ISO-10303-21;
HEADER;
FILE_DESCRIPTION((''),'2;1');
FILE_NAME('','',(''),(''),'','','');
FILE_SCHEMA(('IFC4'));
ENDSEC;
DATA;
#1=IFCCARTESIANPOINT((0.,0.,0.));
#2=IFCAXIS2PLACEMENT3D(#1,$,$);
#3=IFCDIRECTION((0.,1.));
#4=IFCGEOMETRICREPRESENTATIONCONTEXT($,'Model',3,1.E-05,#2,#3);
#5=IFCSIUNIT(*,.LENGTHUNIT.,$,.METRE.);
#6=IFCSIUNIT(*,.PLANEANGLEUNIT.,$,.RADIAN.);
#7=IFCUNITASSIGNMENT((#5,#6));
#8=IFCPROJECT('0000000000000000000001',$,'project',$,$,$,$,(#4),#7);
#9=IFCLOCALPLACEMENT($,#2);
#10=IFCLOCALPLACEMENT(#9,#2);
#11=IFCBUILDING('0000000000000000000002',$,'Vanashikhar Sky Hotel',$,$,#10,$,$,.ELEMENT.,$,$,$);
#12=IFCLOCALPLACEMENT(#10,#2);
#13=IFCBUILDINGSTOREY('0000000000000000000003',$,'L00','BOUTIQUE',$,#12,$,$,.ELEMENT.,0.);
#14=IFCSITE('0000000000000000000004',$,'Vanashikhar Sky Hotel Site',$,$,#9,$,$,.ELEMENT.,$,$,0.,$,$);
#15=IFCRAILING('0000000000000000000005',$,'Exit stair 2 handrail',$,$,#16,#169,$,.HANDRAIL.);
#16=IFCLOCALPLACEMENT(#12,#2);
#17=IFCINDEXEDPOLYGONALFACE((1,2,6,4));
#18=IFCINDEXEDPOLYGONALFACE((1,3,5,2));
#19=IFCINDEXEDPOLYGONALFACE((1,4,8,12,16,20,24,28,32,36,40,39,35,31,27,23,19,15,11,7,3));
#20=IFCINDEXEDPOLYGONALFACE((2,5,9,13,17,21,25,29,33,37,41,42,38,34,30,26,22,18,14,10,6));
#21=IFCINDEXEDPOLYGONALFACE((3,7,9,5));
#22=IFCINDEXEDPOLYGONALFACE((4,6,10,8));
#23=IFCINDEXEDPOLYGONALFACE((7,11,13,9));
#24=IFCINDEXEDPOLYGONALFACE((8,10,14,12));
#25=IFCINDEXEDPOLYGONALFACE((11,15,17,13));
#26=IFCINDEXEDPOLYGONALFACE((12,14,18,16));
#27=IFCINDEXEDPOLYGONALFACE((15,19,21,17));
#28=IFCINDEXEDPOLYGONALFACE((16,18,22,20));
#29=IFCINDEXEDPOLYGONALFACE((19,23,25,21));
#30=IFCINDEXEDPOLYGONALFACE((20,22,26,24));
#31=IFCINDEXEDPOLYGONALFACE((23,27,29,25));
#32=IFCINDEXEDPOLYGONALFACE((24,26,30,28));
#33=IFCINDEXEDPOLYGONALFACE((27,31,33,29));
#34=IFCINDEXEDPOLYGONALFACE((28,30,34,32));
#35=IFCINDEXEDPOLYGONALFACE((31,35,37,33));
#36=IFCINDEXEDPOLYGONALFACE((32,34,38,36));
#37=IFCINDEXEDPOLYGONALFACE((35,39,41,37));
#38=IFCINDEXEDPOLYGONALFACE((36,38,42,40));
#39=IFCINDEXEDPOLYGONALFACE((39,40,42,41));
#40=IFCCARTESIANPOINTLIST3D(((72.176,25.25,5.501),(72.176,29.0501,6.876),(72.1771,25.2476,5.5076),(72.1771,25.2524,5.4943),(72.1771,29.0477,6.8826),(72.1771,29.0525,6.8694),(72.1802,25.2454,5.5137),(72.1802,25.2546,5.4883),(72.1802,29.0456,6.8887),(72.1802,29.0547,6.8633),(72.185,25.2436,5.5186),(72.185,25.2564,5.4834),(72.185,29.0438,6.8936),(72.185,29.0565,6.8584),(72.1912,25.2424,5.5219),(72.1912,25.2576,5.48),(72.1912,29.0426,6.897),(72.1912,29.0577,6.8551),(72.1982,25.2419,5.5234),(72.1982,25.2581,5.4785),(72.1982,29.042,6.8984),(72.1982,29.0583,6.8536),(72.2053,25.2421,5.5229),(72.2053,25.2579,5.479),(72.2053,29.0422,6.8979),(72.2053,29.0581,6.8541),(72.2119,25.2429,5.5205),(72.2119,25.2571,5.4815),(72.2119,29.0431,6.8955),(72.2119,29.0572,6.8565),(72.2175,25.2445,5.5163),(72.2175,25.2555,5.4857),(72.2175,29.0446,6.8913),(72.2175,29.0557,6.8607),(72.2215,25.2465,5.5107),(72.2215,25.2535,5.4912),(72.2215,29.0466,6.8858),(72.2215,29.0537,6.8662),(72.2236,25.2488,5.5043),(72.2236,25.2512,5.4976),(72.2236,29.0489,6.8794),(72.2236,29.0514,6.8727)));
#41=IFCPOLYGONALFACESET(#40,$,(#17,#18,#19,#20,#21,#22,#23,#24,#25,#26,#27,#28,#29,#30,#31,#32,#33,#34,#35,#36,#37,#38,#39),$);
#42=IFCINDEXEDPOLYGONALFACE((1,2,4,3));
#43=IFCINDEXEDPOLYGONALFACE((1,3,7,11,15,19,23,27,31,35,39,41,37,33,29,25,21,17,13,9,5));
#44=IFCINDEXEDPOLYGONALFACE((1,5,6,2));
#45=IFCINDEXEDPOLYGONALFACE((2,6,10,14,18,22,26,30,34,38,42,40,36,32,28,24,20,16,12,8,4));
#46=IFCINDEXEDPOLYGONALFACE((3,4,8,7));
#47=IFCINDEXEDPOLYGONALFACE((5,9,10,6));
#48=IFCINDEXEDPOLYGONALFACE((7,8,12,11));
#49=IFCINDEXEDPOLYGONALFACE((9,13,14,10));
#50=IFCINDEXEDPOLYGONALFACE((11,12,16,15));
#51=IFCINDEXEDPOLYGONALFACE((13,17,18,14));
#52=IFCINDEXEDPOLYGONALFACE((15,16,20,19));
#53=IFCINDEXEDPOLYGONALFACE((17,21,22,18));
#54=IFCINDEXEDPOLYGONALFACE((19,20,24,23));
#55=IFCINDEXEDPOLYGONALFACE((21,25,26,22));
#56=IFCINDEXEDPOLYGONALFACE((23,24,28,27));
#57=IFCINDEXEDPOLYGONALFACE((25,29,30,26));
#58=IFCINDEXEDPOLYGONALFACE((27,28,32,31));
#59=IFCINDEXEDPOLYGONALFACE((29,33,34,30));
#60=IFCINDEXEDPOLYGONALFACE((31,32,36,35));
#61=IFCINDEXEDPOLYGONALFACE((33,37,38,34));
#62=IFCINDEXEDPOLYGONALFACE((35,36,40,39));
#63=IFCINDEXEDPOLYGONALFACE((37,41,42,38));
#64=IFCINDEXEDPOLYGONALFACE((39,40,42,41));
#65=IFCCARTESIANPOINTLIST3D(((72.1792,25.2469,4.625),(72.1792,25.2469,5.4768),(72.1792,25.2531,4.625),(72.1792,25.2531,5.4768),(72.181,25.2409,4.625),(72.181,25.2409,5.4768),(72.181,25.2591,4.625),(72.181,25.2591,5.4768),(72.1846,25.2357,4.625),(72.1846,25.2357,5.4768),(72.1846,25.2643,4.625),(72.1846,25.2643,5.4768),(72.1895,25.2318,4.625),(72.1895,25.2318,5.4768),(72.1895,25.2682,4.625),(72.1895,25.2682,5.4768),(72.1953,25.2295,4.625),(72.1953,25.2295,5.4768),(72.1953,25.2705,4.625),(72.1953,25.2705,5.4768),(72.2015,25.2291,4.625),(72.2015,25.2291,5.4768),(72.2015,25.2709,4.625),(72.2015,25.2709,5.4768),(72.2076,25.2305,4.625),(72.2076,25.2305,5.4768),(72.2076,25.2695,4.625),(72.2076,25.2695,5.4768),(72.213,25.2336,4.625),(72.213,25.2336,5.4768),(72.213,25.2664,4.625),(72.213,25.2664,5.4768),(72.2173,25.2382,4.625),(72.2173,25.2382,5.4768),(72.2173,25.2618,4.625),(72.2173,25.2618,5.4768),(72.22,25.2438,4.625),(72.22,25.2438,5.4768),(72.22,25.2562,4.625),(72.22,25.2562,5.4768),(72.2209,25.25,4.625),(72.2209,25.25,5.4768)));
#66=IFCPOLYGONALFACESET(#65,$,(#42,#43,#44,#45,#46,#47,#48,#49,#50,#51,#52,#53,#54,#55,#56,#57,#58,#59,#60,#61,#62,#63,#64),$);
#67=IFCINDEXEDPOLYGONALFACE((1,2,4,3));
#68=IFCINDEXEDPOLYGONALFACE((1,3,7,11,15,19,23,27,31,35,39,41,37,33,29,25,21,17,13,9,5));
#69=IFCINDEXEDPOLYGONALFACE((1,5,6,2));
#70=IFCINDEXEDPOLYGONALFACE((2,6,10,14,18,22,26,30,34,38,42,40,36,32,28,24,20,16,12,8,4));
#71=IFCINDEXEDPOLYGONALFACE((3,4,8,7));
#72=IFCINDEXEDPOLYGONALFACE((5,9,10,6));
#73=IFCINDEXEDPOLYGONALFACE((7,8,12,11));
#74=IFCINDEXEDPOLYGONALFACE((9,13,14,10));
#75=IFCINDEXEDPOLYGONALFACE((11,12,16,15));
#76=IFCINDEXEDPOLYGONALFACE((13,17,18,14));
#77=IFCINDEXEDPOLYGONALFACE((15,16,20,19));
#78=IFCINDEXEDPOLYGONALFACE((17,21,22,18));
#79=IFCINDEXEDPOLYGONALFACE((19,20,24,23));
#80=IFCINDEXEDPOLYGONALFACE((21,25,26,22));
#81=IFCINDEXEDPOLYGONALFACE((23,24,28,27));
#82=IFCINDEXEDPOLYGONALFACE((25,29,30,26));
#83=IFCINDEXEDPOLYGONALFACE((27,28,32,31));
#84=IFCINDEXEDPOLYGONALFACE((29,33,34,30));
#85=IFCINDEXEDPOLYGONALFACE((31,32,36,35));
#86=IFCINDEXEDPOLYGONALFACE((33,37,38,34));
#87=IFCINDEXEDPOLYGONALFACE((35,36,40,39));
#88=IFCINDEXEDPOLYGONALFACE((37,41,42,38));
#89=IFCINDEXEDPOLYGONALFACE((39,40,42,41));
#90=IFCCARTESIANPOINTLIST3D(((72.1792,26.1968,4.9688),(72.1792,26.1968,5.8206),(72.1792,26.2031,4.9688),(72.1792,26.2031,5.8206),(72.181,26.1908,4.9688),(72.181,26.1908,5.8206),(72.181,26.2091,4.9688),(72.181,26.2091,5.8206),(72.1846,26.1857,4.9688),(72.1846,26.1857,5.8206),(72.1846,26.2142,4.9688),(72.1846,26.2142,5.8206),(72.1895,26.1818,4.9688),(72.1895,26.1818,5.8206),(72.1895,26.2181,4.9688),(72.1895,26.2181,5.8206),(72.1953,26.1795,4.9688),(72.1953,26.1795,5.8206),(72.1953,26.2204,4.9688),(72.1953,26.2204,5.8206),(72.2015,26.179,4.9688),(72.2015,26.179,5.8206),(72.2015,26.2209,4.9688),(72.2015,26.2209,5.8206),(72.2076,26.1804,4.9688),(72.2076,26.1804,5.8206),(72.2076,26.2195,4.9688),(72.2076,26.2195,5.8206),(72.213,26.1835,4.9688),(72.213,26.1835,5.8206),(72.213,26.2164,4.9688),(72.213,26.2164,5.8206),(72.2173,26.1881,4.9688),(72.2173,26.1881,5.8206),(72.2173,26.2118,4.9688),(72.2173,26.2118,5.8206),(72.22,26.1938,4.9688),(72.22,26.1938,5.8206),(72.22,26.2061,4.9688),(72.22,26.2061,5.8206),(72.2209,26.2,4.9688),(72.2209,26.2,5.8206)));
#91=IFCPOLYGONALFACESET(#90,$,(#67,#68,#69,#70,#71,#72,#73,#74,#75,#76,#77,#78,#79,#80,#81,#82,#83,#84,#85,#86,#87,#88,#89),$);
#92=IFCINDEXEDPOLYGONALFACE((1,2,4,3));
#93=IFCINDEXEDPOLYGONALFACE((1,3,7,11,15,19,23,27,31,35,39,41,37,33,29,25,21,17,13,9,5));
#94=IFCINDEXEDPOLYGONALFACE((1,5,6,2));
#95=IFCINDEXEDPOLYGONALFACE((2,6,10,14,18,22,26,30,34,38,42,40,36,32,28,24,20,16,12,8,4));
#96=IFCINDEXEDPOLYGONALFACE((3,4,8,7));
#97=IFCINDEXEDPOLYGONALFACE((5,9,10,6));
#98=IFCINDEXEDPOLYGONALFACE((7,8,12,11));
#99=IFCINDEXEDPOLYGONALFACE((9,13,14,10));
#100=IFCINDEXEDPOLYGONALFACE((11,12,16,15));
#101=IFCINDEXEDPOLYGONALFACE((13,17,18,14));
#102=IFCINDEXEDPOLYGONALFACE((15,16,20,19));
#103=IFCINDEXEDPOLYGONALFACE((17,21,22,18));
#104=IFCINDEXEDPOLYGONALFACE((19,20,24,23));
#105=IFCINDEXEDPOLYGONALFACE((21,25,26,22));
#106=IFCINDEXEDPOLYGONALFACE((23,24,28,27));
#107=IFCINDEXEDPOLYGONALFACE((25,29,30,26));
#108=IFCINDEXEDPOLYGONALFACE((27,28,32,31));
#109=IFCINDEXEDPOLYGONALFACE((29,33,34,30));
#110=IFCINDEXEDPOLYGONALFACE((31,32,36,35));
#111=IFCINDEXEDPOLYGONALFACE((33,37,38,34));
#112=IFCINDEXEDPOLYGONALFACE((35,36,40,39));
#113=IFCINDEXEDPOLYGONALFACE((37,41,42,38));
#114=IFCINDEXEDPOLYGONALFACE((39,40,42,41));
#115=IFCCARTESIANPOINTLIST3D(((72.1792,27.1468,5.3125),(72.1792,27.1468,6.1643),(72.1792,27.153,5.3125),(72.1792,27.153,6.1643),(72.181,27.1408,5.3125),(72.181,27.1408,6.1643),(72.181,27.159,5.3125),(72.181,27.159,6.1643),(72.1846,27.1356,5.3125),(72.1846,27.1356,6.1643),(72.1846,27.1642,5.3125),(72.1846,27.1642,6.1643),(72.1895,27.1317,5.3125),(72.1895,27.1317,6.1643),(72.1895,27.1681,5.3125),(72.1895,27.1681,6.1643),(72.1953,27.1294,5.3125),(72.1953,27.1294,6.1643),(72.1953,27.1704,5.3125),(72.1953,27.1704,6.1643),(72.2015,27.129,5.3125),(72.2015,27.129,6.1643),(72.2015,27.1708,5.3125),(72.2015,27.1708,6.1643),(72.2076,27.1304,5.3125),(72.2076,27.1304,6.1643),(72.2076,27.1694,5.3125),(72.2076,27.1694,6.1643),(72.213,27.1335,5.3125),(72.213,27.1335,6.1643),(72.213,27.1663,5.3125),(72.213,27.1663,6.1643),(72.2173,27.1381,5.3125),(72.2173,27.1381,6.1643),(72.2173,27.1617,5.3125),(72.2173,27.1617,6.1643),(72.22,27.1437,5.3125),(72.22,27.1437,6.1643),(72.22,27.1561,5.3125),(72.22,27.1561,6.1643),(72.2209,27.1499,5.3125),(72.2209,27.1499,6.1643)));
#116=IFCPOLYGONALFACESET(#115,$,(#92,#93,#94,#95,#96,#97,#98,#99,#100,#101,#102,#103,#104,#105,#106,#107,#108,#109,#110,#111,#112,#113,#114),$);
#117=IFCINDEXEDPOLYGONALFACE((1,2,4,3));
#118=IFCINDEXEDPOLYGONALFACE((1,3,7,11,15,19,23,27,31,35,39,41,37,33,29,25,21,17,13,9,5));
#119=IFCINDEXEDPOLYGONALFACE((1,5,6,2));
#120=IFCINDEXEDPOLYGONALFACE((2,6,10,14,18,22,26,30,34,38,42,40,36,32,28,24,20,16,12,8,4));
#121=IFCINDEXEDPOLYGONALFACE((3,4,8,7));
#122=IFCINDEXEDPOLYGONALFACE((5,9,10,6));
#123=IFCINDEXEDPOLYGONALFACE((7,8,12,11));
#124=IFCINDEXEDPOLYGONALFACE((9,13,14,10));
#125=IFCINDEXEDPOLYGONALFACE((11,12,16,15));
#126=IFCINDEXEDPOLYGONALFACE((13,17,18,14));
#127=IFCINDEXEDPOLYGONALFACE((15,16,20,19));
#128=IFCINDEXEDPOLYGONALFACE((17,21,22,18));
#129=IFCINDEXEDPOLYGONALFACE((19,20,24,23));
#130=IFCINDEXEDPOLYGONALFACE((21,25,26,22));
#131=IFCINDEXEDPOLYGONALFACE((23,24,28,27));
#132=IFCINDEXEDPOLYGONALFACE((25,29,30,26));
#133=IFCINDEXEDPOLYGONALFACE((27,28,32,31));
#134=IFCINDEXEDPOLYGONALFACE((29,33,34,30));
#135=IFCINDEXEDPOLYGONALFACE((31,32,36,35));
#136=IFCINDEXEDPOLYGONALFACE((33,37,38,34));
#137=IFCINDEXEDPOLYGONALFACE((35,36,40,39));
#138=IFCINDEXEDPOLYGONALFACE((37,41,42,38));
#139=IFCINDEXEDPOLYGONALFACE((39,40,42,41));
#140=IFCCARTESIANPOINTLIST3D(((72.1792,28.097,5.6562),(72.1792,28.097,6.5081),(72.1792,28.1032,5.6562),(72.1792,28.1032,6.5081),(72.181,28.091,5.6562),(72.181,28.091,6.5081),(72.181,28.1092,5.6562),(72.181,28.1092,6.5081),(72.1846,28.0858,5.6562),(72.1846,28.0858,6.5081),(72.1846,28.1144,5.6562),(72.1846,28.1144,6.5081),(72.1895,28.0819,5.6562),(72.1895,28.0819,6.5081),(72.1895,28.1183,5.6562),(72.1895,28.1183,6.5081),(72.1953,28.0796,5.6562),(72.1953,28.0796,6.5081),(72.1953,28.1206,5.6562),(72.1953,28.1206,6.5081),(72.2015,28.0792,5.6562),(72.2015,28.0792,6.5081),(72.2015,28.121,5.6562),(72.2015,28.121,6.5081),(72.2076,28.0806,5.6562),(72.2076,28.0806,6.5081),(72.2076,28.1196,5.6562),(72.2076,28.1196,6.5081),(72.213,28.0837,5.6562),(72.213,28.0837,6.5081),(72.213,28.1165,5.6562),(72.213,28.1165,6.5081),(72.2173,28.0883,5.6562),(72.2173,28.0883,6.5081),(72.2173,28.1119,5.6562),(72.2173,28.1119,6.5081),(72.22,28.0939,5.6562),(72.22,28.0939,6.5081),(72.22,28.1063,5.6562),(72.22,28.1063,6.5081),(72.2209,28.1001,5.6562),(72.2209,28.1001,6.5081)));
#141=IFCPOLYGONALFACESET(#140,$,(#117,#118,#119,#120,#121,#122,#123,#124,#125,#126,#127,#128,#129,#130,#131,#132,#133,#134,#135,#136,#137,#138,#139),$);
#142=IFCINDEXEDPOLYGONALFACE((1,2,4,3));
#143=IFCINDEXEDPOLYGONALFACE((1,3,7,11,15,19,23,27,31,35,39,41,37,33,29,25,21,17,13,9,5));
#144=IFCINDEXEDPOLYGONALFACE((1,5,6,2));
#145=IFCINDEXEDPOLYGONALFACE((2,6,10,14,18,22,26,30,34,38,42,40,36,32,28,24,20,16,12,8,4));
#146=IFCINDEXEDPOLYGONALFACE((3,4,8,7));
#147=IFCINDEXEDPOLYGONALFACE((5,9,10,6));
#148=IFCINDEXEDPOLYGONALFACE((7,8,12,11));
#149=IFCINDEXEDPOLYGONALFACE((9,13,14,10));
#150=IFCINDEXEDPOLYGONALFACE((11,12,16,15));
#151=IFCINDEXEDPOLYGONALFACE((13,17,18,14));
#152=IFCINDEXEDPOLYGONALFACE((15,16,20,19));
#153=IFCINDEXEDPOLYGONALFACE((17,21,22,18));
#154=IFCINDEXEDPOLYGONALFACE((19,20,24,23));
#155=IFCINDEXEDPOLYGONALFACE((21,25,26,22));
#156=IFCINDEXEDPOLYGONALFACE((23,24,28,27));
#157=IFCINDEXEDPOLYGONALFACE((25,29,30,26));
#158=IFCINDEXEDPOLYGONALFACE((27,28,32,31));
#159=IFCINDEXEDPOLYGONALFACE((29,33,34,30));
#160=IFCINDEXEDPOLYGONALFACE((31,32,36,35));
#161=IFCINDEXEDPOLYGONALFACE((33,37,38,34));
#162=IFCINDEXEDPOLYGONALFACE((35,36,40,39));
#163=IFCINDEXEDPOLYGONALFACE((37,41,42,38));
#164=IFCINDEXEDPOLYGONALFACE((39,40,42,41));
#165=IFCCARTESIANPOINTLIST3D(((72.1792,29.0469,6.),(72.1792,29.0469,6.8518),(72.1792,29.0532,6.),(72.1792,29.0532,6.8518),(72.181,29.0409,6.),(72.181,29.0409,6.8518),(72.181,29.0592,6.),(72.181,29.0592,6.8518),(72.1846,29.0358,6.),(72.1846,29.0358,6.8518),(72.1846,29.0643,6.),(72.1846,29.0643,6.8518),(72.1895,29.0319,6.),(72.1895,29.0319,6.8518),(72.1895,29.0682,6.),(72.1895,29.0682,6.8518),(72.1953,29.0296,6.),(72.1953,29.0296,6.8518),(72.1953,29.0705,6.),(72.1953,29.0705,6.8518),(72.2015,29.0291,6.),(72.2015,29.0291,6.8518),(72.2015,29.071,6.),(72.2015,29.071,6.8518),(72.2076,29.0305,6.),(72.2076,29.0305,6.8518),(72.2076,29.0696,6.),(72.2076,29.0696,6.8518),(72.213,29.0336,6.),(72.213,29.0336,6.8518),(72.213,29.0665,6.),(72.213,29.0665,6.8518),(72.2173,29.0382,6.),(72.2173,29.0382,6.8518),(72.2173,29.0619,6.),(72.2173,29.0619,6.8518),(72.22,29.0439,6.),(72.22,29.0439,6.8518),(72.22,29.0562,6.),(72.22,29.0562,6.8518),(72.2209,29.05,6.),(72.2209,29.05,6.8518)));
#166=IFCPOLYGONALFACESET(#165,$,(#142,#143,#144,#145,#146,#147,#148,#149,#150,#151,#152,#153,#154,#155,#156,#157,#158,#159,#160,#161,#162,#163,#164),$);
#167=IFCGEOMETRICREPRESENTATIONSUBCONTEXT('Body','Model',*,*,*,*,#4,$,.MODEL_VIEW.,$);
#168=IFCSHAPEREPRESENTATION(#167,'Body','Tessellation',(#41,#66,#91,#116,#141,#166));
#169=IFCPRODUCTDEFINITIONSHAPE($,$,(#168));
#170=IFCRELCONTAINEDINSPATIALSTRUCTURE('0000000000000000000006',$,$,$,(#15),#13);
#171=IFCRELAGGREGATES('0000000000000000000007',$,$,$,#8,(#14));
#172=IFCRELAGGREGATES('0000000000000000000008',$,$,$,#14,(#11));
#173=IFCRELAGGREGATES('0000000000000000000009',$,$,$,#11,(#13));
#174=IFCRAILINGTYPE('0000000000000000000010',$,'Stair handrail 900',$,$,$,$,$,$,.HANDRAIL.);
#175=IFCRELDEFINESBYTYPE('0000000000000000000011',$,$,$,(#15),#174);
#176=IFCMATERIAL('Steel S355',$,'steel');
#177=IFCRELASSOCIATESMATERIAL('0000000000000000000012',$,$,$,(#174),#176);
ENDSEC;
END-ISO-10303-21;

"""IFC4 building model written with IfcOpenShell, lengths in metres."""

from ifc_helpers import new_model, si_unit, direction, frame, origin, origin_2d, place, context, subcontext, project, spatial, circle, extrude, source, transform, mapped, material, type_object, element, save


model = new_model("IFC4")

# Units and contexts
model_context = context("Model", 3, precision=1e-05, world=origin(), true_north=direction((0.0, 1.0)))
body_context = subcontext(model_context, "Body", "Model", "MODEL_VIEW")
ifc_project = project(units=[si_unit("LENGTHUNIT", "METRE"), si_unit("PLANEANGLEUNIT", "RADIAN")], contexts=[model_context])

# Site, building, storey
site_placement = place(None, origin())
site = spatial("IfcSite", under=ifc_project, at=site_placement, Name="Vanashikhar Sky Hotel Site", CompositionType="ELEMENT", RefElevation=0.0)
building_placement = place(site_placement, origin())
building = spatial("IfcBuilding", under=site, at=building_placement, Name="Vanashikhar Sky Hotel", CompositionType="ELEMENT")
storey_placement = place(building_placement, origin())
storey = spatial("IfcBuildingStorey", under=building, at=storey_placement, Name="L00", Description="BOUTIQUE", CompositionType="ELEMENT", Elevation=0.0)

# Railing
ifc_material_1 = material(Name="Steel S355", Category="steel")
railing_type_1 = type_object("IfcRailingType", Name="Stair handrail 900", PredefinedType="HANDRAIL", material=ifc_material_1)
shared_shape_1 = source(origin(), body_context, "Body", "SweptSolid", [
    extrude(circle(Radius=0.0239, at=origin_2d()), frame((0.0, 0.0, 0.876), z_axis=(0.0, 0.940336, 0.340249), x_axis=(-1.0, 0.0, 0.0)), (0.0, 0.0, 1.0), 4.0413),
    extrude(circle(Radius=0.021, at=origin_2d()), origin(), (0.0, 0.0, 1.0), 0.8518),
    extrude(circle(Radius=0.021, at=origin_2d()), frame((0.0, 0.95, 0.3438)), (0.0, 0.0, 1.0), 0.8518),
    extrude(circle(Radius=0.021, at=origin_2d()), frame((0.0, 1.8999, 0.6875)), (0.0, 0.0, 1.0), 0.8518),
    extrude(circle(Radius=0.021, at=origin_2d()), frame((0.0, 2.8501, 1.0312)), (0.0, 0.0, 1.0), 0.8518),
    extrude(circle(Radius=0.021, at=origin_2d()), frame((0.0, 3.8, 1.375)), (0.0, 0.0, 1.0), 0.8518),
])
for number, where, name in (
    (1, (72.2, 25.25, 4.625), "Exit stair 2 handrail"),
):
    element("IfcRailing", number, at=place(storey_placement, frame(where)), inside=storey, type_object=railing_type_1, Name=name, PredefinedType="HANDRAIL", context=body_context, shape_type="MappedRepresentation", body=[
        mapped(shared_shape_1, transform((0.0, 0.0, 0.0), scale=1.0)),
    ])

save(model, "model.ifc")
